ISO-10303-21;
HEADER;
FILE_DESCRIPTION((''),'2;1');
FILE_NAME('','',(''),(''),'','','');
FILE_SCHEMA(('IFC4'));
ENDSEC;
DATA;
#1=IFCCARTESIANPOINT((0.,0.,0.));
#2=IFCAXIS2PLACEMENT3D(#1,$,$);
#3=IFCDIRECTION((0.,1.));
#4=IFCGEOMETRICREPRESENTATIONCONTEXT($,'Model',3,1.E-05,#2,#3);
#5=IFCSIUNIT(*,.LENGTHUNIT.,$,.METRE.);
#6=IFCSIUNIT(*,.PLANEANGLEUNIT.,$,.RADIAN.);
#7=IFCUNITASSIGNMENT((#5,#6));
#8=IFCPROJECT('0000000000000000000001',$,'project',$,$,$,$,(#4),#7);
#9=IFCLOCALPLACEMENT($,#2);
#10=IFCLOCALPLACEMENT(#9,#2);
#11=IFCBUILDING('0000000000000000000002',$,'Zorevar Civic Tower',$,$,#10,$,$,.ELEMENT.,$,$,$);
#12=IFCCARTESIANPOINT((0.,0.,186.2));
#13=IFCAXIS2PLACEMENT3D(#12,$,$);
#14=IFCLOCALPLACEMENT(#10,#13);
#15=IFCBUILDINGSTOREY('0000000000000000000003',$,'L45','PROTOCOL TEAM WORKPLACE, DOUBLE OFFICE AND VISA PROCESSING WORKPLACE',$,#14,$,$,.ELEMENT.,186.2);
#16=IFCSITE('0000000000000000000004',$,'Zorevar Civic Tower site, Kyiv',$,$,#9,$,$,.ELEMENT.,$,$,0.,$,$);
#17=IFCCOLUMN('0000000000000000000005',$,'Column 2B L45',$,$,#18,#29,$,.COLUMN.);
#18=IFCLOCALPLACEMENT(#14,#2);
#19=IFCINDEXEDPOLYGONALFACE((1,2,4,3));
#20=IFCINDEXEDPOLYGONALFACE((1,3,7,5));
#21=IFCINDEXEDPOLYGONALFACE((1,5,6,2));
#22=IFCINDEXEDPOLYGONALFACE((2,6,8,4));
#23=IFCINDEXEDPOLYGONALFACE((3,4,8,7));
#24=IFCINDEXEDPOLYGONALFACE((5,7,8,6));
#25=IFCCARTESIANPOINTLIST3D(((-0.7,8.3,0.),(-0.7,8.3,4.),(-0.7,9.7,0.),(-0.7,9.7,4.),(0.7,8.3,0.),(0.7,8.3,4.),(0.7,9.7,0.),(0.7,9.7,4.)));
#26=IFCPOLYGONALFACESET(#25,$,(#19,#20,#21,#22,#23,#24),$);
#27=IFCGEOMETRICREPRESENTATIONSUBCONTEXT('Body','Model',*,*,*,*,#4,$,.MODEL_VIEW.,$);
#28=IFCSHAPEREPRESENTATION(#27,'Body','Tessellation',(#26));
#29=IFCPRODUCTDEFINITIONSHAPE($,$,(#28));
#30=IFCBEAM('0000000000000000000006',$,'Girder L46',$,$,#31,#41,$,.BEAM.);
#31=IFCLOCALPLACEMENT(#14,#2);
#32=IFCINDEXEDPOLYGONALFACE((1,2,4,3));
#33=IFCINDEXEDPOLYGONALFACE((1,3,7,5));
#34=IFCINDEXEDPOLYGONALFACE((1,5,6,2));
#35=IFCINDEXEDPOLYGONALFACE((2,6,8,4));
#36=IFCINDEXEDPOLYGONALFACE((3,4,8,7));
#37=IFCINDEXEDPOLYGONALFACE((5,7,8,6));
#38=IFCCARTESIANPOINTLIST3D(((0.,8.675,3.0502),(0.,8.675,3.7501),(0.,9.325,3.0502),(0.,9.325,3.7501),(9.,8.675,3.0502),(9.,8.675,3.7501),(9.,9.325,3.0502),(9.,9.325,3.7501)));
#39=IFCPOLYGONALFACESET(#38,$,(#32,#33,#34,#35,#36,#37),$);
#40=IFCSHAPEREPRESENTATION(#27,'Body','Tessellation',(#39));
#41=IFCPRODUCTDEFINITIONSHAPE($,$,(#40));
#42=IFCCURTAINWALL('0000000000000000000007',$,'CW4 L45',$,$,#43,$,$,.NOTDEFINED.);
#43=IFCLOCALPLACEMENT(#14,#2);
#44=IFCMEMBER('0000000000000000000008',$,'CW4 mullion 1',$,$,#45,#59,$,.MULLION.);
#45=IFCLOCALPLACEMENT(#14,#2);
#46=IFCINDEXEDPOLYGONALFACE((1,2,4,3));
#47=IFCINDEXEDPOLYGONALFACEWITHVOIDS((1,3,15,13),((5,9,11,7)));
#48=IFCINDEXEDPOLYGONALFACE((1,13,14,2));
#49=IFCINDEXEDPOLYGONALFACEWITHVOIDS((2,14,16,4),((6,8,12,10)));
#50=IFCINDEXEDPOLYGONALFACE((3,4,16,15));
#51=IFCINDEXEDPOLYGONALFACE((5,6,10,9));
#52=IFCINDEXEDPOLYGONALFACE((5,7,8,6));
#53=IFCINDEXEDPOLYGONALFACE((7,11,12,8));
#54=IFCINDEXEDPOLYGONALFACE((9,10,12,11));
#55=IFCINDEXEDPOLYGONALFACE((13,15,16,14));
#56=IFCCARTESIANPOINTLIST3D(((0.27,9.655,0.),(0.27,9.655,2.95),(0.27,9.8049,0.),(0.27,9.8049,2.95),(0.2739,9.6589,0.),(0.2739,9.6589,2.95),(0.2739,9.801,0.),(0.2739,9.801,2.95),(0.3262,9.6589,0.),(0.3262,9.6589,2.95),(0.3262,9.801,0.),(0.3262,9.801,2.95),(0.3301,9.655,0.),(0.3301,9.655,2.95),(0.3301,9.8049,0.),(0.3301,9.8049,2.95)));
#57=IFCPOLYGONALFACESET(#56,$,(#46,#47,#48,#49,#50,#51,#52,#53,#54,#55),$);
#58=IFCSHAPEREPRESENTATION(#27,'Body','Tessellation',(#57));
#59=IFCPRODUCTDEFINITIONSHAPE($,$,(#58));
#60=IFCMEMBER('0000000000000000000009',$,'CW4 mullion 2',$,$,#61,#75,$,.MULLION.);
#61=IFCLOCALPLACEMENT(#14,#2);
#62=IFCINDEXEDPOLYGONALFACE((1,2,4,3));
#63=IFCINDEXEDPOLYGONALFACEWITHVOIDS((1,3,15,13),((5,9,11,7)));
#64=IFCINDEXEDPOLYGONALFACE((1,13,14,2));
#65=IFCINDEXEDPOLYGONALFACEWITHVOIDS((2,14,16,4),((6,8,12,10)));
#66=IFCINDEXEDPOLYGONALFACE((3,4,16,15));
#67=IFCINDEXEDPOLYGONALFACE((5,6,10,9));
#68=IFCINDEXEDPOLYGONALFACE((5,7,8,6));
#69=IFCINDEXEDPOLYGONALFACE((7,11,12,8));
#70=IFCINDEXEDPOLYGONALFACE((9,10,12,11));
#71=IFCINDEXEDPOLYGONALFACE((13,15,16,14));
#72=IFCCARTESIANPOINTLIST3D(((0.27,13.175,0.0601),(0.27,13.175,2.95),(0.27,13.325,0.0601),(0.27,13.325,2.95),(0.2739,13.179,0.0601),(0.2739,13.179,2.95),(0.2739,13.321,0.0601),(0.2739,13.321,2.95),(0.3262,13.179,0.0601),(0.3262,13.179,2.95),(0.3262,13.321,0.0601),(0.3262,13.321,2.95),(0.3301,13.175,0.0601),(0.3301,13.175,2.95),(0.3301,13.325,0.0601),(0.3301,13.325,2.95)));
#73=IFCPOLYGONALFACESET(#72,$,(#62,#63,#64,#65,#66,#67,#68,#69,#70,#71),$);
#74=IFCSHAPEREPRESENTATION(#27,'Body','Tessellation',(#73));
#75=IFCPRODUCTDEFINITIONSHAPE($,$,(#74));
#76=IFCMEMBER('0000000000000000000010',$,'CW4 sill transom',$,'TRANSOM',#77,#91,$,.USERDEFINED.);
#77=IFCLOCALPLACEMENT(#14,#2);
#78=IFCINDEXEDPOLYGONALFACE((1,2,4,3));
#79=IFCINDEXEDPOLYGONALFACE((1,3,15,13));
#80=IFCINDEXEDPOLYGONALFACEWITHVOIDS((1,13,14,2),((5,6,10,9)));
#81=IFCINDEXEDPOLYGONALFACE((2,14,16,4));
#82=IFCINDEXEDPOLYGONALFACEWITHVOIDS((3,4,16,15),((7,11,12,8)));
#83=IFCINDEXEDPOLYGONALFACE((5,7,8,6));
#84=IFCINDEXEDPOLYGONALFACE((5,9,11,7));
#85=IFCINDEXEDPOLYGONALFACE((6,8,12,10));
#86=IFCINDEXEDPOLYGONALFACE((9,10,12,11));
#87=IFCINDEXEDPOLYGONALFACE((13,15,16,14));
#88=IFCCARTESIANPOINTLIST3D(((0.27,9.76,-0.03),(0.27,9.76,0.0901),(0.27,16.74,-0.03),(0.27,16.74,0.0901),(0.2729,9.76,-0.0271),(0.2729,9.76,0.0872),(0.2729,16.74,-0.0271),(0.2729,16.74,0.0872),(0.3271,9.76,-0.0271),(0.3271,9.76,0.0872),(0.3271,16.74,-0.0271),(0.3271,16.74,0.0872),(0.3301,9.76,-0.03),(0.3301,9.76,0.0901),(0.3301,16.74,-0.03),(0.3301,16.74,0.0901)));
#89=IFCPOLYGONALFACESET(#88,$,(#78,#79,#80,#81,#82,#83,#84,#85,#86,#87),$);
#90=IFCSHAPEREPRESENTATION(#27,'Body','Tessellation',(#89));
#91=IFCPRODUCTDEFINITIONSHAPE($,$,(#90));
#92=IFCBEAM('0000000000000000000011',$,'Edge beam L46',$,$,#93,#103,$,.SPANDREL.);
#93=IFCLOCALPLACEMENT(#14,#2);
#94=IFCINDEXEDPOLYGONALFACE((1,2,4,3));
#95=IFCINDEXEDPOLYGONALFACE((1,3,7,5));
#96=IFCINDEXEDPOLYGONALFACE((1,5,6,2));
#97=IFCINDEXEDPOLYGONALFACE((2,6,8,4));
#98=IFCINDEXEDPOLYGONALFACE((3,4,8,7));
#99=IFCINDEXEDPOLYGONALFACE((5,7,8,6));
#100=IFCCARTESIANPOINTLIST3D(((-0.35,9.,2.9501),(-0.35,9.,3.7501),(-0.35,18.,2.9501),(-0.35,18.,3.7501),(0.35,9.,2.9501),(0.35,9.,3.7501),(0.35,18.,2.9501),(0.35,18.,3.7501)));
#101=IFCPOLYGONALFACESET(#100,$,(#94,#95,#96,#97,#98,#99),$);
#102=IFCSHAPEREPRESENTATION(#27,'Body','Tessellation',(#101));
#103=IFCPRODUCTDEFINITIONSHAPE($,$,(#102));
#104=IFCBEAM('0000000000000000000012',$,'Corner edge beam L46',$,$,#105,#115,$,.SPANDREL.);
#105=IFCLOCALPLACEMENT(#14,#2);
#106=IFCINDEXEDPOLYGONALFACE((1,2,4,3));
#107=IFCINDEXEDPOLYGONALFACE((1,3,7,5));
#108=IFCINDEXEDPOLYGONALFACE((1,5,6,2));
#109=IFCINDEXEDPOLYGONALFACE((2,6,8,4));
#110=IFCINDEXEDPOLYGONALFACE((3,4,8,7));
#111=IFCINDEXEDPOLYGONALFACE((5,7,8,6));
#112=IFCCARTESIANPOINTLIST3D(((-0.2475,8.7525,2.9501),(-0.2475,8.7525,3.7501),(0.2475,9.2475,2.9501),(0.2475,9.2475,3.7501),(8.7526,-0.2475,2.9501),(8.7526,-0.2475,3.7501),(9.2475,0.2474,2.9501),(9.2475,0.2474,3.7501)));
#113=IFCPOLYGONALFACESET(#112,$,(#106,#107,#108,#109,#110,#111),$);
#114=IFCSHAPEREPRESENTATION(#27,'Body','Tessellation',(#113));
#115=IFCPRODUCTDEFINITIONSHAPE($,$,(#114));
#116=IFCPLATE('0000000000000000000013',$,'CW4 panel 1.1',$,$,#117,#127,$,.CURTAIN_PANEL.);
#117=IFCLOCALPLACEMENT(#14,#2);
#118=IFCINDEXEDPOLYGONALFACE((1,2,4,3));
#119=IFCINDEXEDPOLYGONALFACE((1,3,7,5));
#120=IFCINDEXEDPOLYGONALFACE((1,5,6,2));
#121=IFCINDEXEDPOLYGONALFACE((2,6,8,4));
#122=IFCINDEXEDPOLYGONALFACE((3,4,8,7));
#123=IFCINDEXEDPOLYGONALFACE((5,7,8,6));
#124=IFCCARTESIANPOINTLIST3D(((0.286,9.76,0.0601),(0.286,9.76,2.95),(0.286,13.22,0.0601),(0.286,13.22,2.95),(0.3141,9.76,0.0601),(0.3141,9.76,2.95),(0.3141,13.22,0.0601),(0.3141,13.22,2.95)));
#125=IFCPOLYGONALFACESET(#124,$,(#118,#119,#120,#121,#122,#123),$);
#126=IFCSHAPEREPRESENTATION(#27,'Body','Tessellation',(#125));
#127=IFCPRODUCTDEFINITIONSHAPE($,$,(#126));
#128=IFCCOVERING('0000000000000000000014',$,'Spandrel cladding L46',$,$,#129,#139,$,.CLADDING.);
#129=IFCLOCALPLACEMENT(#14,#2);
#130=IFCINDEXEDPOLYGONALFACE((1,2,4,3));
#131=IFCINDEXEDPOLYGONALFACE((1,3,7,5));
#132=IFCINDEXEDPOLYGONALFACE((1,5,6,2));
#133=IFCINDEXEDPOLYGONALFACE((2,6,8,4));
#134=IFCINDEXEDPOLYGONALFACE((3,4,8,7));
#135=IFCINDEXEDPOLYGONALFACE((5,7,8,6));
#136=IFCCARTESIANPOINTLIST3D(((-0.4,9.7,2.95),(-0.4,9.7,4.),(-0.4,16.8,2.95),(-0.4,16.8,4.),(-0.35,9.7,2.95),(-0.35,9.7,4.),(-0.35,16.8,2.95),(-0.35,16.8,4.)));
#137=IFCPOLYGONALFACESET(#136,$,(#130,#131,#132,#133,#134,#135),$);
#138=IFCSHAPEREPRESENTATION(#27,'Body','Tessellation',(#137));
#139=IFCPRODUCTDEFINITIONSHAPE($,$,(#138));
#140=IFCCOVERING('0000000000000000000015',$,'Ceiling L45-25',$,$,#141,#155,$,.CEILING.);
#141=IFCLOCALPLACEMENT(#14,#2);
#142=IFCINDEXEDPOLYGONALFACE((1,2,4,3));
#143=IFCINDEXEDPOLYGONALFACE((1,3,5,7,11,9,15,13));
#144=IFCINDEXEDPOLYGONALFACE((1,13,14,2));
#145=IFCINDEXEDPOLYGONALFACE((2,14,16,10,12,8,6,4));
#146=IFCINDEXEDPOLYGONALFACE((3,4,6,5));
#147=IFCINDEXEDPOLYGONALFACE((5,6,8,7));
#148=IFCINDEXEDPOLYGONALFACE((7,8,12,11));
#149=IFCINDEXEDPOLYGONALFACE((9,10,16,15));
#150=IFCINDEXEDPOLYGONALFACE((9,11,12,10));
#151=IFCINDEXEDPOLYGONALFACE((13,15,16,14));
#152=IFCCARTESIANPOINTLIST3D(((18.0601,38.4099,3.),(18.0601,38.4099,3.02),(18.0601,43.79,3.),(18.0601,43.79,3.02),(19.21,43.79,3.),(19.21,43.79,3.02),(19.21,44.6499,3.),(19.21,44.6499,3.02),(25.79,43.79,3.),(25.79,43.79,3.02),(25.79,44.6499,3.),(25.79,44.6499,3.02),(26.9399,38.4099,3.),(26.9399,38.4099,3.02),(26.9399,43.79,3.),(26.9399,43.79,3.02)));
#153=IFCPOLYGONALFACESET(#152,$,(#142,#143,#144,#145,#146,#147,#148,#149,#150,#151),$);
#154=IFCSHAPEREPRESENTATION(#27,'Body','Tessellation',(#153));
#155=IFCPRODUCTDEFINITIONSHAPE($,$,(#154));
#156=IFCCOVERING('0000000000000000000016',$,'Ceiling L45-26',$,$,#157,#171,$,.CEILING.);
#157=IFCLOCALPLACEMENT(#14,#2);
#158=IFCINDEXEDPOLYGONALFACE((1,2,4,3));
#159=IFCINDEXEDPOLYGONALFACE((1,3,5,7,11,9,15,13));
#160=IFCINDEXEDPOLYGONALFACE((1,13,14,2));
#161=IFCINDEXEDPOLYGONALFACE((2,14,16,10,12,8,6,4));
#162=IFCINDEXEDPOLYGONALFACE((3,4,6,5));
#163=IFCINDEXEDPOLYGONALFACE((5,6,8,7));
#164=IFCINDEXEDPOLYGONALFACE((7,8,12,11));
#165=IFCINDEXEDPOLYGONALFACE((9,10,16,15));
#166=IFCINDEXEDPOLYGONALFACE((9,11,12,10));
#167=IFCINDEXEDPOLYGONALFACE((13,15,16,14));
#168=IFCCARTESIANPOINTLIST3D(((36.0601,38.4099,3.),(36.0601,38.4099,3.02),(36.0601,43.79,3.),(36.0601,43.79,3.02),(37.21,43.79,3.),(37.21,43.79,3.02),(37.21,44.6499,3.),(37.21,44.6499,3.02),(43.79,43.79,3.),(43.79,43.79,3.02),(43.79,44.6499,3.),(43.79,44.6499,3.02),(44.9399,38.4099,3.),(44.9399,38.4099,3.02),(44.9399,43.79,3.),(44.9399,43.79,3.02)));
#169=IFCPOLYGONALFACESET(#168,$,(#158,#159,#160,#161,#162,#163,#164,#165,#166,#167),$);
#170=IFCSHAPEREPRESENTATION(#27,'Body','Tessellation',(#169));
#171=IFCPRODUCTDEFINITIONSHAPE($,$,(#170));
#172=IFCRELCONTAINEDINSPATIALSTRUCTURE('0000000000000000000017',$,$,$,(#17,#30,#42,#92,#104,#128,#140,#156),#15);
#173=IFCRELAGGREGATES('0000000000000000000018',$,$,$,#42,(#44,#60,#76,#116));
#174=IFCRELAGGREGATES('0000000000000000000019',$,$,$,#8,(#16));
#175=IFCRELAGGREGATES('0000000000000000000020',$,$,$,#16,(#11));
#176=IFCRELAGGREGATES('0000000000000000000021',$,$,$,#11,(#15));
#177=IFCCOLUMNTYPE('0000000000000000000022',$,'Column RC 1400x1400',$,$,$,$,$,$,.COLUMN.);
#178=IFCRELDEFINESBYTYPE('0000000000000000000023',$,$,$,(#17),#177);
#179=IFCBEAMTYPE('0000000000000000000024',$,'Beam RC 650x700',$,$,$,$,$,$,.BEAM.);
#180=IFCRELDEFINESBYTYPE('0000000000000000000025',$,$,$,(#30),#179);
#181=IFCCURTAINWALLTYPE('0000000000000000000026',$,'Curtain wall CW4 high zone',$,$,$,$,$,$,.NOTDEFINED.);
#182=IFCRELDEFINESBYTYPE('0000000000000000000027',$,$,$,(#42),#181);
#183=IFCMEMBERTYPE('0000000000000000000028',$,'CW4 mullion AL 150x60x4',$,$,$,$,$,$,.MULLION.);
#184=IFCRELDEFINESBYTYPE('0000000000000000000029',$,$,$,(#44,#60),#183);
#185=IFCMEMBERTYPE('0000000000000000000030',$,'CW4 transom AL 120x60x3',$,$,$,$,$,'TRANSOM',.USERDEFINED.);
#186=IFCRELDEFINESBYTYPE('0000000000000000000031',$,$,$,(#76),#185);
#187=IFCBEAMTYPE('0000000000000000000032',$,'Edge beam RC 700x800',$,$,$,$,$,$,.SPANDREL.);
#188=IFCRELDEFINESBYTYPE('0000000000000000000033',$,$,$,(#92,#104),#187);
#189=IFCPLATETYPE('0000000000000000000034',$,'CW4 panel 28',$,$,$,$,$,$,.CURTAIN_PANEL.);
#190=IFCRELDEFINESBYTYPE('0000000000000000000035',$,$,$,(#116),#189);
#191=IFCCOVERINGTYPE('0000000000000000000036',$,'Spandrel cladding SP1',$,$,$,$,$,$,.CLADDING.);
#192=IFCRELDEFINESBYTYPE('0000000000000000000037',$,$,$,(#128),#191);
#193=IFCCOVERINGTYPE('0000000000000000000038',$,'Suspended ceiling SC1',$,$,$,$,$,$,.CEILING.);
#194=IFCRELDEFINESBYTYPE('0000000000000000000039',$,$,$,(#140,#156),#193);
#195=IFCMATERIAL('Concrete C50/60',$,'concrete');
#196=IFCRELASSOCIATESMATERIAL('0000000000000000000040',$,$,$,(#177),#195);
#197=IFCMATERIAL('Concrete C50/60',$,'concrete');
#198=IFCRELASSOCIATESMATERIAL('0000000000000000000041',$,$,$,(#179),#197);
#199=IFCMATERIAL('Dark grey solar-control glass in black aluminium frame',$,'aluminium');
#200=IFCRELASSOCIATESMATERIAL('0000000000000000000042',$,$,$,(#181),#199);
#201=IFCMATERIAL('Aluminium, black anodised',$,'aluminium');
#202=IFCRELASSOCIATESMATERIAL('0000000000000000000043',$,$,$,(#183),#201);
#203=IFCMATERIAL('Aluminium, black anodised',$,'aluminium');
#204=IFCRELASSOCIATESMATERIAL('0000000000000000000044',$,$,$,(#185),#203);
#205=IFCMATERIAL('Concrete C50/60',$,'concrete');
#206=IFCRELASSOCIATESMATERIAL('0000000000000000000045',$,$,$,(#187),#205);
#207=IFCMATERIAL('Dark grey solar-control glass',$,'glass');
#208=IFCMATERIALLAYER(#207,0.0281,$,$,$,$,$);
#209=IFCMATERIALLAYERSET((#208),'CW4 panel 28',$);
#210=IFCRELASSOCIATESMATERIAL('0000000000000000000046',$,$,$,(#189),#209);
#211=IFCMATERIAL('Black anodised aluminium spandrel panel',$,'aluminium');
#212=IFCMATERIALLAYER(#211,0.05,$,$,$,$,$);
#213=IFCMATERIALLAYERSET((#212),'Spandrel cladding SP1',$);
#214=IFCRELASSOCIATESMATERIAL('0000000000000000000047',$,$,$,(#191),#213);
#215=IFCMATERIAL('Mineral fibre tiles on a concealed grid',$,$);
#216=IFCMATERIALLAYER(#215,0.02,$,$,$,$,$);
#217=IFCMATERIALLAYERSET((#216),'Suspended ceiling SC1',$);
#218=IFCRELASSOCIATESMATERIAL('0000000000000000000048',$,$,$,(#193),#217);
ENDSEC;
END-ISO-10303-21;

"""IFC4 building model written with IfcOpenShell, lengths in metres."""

from ifc_helpers import new_model, si_unit, direction, frame, frame_2d, origin, origin_2d, place, context, subcontext, project, spatial, polyline, rectangle, hollow_rectangle, outline, extrude, material, layer, layer_set, material_profile, profile_set, type_object, element, aggregate, save


model = new_model("IFC4")

# Units and contexts
model_context = context("Model", 3, precision=1e-05, world=origin(), true_north=direction((0.0, 1.0)))
body_context = subcontext(model_context, "Body", "Model", "MODEL_VIEW")
ifc_project = project(units=[si_unit("LENGTHUNIT", "METRE"), si_unit("PLANEANGLEUNIT", "RADIAN")], contexts=[model_context])

# Site, building, storey
site_placement = place(None, origin())
site = spatial("IfcSite", under=ifc_project, at=site_placement, Name="Zorevar Civic Tower site, Kyiv", CompositionType="ELEMENT", RefElevation=0.0)
building_placement = place(site_placement, origin())
building = spatial("IfcBuilding", under=site, at=building_placement, Name="Zorevar Civic Tower", CompositionType="ELEMENT")
storey_placement = place(building_placement, frame((0.0, 0.0, 186.2)))
storey = spatial("IfcBuildingStorey", under=building, at=storey_placement, Name="L45", Description="PROTOCOL TEAM WORKPLACE, DOUBLE OFFICE AND VISA PROCESSING WORKPLACE", CompositionType="ELEMENT", Elevation=186.2)

# Column
ifc_material_1 = material(Name="Concrete C50/60", Category="concrete")
ifc_material_profile_1 = material_profile(ifc_material_1, rectangle(XDim=1.3999, YDim=1.3999, at=origin_2d()), Name="RC 1400x1400")
ifc_profile_set_1 = profile_set([ifc_material_profile_1], Name="Concrete C50/60")
column_type = type_object("IfcColumnType", Name="Column RC 1400x1400", PredefinedType="COLUMN", material=ifc_profile_set_1)
column_placement = place(storey_placement, frame((0.0, 9.0, 0.0), z_axis=(0.0, 0.0, 1.0), x_axis=(1.0, 0.0, 0.0)))
element("IfcColumn", 1, at=column_placement, inside=storey, type_object=column_type, Name="Column 2B L45", PredefinedType="COLUMN", context=body_context, shape_type="SweptSolid", body=[
    extrude(rectangle(XDim=1.3999, YDim=1.3999, at=origin_2d()), origin(), (0.0, 0.0, 1.0), 4.0),
])

# Beam
ifc_material_2 = material(Name="Concrete C50/60", Category="concrete")
ifc_material_profile_2 = material_profile(ifc_material_2, rectangle(XDim=0.6499, YDim=0.7, at=origin_2d()), Name="RC 650x700")
ifc_profile_set_2 = profile_set([ifc_material_profile_2], Name="Concrete C50/60")
beam_type_1 = type_object("IfcBeamType", Name="Beam RC 650x700", PredefinedType="BEAM", material=ifc_profile_set_2)
beam_1_placement = place(storey_placement, frame((0.0, 9.0, 3.4001), z_axis=(1.0, 0.0, 0.0), x_axis=(0.0, 1.0, 0.0)))
element("IfcBeam", 2, at=beam_1_placement, inside=storey, type_object=beam_type_1, Name="Girder L46", PredefinedType="BEAM", context=body_context, shape_type="SweptSolid", body=[
    extrude(rectangle(XDim=0.6499, YDim=0.7, at=origin_2d()), origin(), (0.0, 0.0, 1.0), 9.0),
])

# Curtain wall, members
ifc_material_3 = material(Name="Dark grey solar-control glass in black aluminium frame", Category="aluminium")
curtain_wall_type = type_object("IfcCurtainWallType", Name="Curtain wall CW4 high zone", PredefinedType="NOTDEFINED", material=ifc_material_3)
curtain_wall_placement = place(storey_placement, origin())
curtain_wall = element("IfcCurtainWall", 3, at=curtain_wall_placement, inside=storey, type_object=curtain_wall_type, Name="CW4 L45", PredefinedType="NOTDEFINED")
ifc_material_4 = material(Name="Aluminium, black anodised", Category="aluminium")
ifc_material_profile_3 = material_profile(ifc_material_4, hollow_rectangle(XDim=0.0601, YDim=0.1499, WallThickness=0.0039, at=origin_2d()), Name="AL 150x60x4")
ifc_profile_set_3 = profile_set([ifc_material_profile_3], Name="Aluminium, black anodised")
member_type_1 = type_object("IfcMemberType", Name="CW4 mullion AL 150x60x4", PredefinedType="MULLION", material=ifc_profile_set_3)
member_1_placement = place(storey_placement, frame((0.3, 9.73, 0.0), z_axis=(0.0, 0.0, 1.0), x_axis=(-1.0, 0.0, 0.0)))
member_1 = element("IfcMember", 4, at=member_1_placement, type_object=member_type_1, Name="CW4 mullion 1", PredefinedType="MULLION", context=body_context, shape_type="SweptSolid", body=[
    extrude(hollow_rectangle(XDim=0.0601, YDim=0.1499, WallThickness=0.0039, at=origin_2d()), origin(), (0.0, 0.0, 1.0), 2.95),
])
member_2_placement = place(storey_placement, frame((0.3, 13.25, 0.0601), z_axis=(0.0, 0.0, 1.0), x_axis=(-1.0, 0.0, 0.0)))
member_2 = element("IfcMember", 5, at=member_2_placement, type_object=member_type_1, Name="CW4 mullion 2", PredefinedType="MULLION", context=body_context, shape_type="SweptSolid", body=[
    extrude(hollow_rectangle(XDim=0.0601, YDim=0.1499, WallThickness=0.0039, at=origin_2d()), origin(), (0.0, 0.0, 1.0), 2.8899),
])
ifc_material_5 = material(Name="Aluminium, black anodised", Category="aluminium")
ifc_material_profile_4 = material_profile(ifc_material_5, hollow_rectangle(XDim=0.0601, YDim=0.1201, WallThickness=0.0029, at=origin_2d()), Name="AL 120x60x3")
ifc_profile_set_4 = profile_set([ifc_material_profile_4], Name="Aluminium, black anodised")
member_type_2 = type_object("IfcMemberType", Name="CW4 transom AL 120x60x3", ElementType="TRANSOM", PredefinedType="USERDEFINED", material=ifc_profile_set_4)
member_3_placement = place(storey_placement, frame((0.3, 9.76, 0.03), z_axis=(0.0, 1.0, 0.0), x_axis=(-1.0, 0.0, 0.0)))
member_3 = element("IfcMember", 6, at=member_3_placement, type_object=member_type_2, Name="CW4 sill transom", ObjectType="TRANSOM", PredefinedType="USERDEFINED", context=body_context, shape_type="SweptSolid", body=[
    extrude(hollow_rectangle(XDim=0.0601, YDim=0.1201, WallThickness=0.0029, at=origin_2d()), origin(), (0.0, 0.0, 1.0), 6.98),
])

# Beams
ifc_material_6 = material(Name="Concrete C50/60", Category="concrete")
ifc_material_profile_5 = material_profile(ifc_material_6, rectangle(XDim=0.7, YDim=0.8, at=origin_2d()), Name="RC 700x800")
ifc_profile_set_5 = profile_set([ifc_material_profile_5], Name="Concrete C50/60")
beam_type_2 = type_object("IfcBeamType", Name="Edge beam RC 700x800", PredefinedType="SPANDREL", material=ifc_profile_set_5)
beam_2_placement = place(storey_placement, frame((0.0, 9.0, 3.3501), z_axis=(0.0, 1.0, 0.0), x_axis=(-1.0, 0.0, 0.0)))
element("IfcBeam", 7, at=beam_2_placement, inside=storey, type_object=beam_type_2, Name="Edge beam L46", PredefinedType="SPANDREL", context=body_context, shape_type="SweptSolid", body=[
    extrude(rectangle(XDim=0.7, YDim=0.8, at=origin_2d()), origin(), (0.0, 0.0, 1.0), 9.0),
])
beam_3_placement = place(storey_placement, frame((0.0, 9.0, 3.3501), z_axis=(0.707107, -0.707107, 0.0), x_axis=(0.707107, 0.707107, 0.0)))
element("IfcBeam", 8, at=beam_3_placement, inside=storey, type_object=beam_type_2, Name="Corner edge beam L46", PredefinedType="SPANDREL", context=body_context, shape_type="SweptSolid", body=[
    extrude(rectangle(XDim=0.7, YDim=0.8, at=origin_2d()), origin(), (0.0, 0.0, 1.0), 12.728),
])

# Plate
ifc_material_7 = material(Name="Dark grey solar-control glass", Category="glass")
ifc_layer_1 = layer(ifc_material_7, 0.0281)
ifc_layer_set_1 = layer_set([ifc_layer_1], Name="CW4 panel 28")
plate_type = type_object("IfcPlateType", Name="CW4 panel 28", PredefinedType="CURTAIN_PANEL", material=ifc_layer_set_1)
plate_placement = place(storey_placement, frame((0.3, 11.49, 0.0601), z_axis=(0.0, 0.0, 1.0), x_axis=(0.0, 1.0, 0.0)))
plate = element("IfcPlate", 9, at=plate_placement, type_object=plate_type, Name="CW4 panel 1.1", PredefinedType="CURTAIN_PANEL", context=body_context, shape_type="SweptSolid", body=[
    extrude(rectangle(XDim=3.46, YDim=0.0281, at=origin_2d()), origin(), (0.0, 0.0, 1.0), 2.8899),
])
aggregate(curtain_wall, [member_1, member_2, member_3, plate])

# Coverings
ifc_material_8 = material(Name="Black anodised aluminium spandrel panel", Category="aluminium")
ifc_layer_2 = layer(ifc_material_8, 0.05)
ifc_layer_set_2 = layer_set([ifc_layer_2], Name="Spandrel cladding SP1")
covering_type_1 = type_object("IfcCoveringType", Name="Spandrel cladding SP1", PredefinedType="CLADDING", material=ifc_layer_set_2)
covering_1_placement = place(storey_placement, frame((-0.375, 9.7, 2.95), z_axis=(0.0, 0.0, 1.0), x_axis=(0.0, 1.0, 0.0)))
element("IfcCovering", 10, at=covering_1_placement, inside=storey, type_object=covering_type_1, Name="Spandrel cladding L46", PredefinedType="CLADDING", context=body_context, shape_type="SweptSolid", body=[
    extrude(rectangle(XDim=7.1001, YDim=0.05, at=frame_2d((3.55, 0.0))), origin(), (0.0, 0.0, 1.0), 1.05),
])
ifc_material_9 = material(Name="Mineral fibre tiles on a concealed grid")
ifc_layer_3 = layer(ifc_material_9, 0.02)
ifc_layer_set_3 = layer_set([ifc_layer_3], Name="Suspended ceiling SC1")
covering_type_2 = type_object("IfcCoveringType", Name="Suspended ceiling SC1", PredefinedType="CEILING", material=ifc_layer_set_3)
covering_2_placement = place(storey_placement, frame((0.0, 0.0, 3.0)))
element("IfcCovering", 11, at=covering_2_placement, inside=storey, type_object=covering_type_2, Name="Ceiling L45-25", PredefinedType="CEILING", context=body_context, shape_type="SweptSolid", body=[
    extrude(outline(polyline([(19.21, 43.79), (19.21, 44.6499), (25.79, 44.6499), (25.79, 43.79), (26.9399, 43.79), (26.9399, 38.4099), (18.0601, 38.4099), (18.0601, 43.79), (19.21, 43.79)])), origin(), (0.0, 0.0, 1.0), 0.02),
])
covering_3_placement = place(storey_placement, frame((0.0, 0.0, 3.0)))
element("IfcCovering", 12, at=covering_3_placement, inside=storey, type_object=covering_type_2, Name="Ceiling L45-26", PredefinedType="CEILING", context=body_context, shape_type="SweptSolid", body=[
    extrude(outline(polyline([(37.21, 43.79), (37.21, 44.6499), (43.79, 44.6499), (43.79, 43.79), (44.9399, 43.79), (44.9399, 38.4099), (36.0601, 38.4099), (36.0601, 43.79), (37.21, 43.79)])), origin(), (0.0, 0.0, 1.0), 0.02),
])

save(model, "model.ifc")
